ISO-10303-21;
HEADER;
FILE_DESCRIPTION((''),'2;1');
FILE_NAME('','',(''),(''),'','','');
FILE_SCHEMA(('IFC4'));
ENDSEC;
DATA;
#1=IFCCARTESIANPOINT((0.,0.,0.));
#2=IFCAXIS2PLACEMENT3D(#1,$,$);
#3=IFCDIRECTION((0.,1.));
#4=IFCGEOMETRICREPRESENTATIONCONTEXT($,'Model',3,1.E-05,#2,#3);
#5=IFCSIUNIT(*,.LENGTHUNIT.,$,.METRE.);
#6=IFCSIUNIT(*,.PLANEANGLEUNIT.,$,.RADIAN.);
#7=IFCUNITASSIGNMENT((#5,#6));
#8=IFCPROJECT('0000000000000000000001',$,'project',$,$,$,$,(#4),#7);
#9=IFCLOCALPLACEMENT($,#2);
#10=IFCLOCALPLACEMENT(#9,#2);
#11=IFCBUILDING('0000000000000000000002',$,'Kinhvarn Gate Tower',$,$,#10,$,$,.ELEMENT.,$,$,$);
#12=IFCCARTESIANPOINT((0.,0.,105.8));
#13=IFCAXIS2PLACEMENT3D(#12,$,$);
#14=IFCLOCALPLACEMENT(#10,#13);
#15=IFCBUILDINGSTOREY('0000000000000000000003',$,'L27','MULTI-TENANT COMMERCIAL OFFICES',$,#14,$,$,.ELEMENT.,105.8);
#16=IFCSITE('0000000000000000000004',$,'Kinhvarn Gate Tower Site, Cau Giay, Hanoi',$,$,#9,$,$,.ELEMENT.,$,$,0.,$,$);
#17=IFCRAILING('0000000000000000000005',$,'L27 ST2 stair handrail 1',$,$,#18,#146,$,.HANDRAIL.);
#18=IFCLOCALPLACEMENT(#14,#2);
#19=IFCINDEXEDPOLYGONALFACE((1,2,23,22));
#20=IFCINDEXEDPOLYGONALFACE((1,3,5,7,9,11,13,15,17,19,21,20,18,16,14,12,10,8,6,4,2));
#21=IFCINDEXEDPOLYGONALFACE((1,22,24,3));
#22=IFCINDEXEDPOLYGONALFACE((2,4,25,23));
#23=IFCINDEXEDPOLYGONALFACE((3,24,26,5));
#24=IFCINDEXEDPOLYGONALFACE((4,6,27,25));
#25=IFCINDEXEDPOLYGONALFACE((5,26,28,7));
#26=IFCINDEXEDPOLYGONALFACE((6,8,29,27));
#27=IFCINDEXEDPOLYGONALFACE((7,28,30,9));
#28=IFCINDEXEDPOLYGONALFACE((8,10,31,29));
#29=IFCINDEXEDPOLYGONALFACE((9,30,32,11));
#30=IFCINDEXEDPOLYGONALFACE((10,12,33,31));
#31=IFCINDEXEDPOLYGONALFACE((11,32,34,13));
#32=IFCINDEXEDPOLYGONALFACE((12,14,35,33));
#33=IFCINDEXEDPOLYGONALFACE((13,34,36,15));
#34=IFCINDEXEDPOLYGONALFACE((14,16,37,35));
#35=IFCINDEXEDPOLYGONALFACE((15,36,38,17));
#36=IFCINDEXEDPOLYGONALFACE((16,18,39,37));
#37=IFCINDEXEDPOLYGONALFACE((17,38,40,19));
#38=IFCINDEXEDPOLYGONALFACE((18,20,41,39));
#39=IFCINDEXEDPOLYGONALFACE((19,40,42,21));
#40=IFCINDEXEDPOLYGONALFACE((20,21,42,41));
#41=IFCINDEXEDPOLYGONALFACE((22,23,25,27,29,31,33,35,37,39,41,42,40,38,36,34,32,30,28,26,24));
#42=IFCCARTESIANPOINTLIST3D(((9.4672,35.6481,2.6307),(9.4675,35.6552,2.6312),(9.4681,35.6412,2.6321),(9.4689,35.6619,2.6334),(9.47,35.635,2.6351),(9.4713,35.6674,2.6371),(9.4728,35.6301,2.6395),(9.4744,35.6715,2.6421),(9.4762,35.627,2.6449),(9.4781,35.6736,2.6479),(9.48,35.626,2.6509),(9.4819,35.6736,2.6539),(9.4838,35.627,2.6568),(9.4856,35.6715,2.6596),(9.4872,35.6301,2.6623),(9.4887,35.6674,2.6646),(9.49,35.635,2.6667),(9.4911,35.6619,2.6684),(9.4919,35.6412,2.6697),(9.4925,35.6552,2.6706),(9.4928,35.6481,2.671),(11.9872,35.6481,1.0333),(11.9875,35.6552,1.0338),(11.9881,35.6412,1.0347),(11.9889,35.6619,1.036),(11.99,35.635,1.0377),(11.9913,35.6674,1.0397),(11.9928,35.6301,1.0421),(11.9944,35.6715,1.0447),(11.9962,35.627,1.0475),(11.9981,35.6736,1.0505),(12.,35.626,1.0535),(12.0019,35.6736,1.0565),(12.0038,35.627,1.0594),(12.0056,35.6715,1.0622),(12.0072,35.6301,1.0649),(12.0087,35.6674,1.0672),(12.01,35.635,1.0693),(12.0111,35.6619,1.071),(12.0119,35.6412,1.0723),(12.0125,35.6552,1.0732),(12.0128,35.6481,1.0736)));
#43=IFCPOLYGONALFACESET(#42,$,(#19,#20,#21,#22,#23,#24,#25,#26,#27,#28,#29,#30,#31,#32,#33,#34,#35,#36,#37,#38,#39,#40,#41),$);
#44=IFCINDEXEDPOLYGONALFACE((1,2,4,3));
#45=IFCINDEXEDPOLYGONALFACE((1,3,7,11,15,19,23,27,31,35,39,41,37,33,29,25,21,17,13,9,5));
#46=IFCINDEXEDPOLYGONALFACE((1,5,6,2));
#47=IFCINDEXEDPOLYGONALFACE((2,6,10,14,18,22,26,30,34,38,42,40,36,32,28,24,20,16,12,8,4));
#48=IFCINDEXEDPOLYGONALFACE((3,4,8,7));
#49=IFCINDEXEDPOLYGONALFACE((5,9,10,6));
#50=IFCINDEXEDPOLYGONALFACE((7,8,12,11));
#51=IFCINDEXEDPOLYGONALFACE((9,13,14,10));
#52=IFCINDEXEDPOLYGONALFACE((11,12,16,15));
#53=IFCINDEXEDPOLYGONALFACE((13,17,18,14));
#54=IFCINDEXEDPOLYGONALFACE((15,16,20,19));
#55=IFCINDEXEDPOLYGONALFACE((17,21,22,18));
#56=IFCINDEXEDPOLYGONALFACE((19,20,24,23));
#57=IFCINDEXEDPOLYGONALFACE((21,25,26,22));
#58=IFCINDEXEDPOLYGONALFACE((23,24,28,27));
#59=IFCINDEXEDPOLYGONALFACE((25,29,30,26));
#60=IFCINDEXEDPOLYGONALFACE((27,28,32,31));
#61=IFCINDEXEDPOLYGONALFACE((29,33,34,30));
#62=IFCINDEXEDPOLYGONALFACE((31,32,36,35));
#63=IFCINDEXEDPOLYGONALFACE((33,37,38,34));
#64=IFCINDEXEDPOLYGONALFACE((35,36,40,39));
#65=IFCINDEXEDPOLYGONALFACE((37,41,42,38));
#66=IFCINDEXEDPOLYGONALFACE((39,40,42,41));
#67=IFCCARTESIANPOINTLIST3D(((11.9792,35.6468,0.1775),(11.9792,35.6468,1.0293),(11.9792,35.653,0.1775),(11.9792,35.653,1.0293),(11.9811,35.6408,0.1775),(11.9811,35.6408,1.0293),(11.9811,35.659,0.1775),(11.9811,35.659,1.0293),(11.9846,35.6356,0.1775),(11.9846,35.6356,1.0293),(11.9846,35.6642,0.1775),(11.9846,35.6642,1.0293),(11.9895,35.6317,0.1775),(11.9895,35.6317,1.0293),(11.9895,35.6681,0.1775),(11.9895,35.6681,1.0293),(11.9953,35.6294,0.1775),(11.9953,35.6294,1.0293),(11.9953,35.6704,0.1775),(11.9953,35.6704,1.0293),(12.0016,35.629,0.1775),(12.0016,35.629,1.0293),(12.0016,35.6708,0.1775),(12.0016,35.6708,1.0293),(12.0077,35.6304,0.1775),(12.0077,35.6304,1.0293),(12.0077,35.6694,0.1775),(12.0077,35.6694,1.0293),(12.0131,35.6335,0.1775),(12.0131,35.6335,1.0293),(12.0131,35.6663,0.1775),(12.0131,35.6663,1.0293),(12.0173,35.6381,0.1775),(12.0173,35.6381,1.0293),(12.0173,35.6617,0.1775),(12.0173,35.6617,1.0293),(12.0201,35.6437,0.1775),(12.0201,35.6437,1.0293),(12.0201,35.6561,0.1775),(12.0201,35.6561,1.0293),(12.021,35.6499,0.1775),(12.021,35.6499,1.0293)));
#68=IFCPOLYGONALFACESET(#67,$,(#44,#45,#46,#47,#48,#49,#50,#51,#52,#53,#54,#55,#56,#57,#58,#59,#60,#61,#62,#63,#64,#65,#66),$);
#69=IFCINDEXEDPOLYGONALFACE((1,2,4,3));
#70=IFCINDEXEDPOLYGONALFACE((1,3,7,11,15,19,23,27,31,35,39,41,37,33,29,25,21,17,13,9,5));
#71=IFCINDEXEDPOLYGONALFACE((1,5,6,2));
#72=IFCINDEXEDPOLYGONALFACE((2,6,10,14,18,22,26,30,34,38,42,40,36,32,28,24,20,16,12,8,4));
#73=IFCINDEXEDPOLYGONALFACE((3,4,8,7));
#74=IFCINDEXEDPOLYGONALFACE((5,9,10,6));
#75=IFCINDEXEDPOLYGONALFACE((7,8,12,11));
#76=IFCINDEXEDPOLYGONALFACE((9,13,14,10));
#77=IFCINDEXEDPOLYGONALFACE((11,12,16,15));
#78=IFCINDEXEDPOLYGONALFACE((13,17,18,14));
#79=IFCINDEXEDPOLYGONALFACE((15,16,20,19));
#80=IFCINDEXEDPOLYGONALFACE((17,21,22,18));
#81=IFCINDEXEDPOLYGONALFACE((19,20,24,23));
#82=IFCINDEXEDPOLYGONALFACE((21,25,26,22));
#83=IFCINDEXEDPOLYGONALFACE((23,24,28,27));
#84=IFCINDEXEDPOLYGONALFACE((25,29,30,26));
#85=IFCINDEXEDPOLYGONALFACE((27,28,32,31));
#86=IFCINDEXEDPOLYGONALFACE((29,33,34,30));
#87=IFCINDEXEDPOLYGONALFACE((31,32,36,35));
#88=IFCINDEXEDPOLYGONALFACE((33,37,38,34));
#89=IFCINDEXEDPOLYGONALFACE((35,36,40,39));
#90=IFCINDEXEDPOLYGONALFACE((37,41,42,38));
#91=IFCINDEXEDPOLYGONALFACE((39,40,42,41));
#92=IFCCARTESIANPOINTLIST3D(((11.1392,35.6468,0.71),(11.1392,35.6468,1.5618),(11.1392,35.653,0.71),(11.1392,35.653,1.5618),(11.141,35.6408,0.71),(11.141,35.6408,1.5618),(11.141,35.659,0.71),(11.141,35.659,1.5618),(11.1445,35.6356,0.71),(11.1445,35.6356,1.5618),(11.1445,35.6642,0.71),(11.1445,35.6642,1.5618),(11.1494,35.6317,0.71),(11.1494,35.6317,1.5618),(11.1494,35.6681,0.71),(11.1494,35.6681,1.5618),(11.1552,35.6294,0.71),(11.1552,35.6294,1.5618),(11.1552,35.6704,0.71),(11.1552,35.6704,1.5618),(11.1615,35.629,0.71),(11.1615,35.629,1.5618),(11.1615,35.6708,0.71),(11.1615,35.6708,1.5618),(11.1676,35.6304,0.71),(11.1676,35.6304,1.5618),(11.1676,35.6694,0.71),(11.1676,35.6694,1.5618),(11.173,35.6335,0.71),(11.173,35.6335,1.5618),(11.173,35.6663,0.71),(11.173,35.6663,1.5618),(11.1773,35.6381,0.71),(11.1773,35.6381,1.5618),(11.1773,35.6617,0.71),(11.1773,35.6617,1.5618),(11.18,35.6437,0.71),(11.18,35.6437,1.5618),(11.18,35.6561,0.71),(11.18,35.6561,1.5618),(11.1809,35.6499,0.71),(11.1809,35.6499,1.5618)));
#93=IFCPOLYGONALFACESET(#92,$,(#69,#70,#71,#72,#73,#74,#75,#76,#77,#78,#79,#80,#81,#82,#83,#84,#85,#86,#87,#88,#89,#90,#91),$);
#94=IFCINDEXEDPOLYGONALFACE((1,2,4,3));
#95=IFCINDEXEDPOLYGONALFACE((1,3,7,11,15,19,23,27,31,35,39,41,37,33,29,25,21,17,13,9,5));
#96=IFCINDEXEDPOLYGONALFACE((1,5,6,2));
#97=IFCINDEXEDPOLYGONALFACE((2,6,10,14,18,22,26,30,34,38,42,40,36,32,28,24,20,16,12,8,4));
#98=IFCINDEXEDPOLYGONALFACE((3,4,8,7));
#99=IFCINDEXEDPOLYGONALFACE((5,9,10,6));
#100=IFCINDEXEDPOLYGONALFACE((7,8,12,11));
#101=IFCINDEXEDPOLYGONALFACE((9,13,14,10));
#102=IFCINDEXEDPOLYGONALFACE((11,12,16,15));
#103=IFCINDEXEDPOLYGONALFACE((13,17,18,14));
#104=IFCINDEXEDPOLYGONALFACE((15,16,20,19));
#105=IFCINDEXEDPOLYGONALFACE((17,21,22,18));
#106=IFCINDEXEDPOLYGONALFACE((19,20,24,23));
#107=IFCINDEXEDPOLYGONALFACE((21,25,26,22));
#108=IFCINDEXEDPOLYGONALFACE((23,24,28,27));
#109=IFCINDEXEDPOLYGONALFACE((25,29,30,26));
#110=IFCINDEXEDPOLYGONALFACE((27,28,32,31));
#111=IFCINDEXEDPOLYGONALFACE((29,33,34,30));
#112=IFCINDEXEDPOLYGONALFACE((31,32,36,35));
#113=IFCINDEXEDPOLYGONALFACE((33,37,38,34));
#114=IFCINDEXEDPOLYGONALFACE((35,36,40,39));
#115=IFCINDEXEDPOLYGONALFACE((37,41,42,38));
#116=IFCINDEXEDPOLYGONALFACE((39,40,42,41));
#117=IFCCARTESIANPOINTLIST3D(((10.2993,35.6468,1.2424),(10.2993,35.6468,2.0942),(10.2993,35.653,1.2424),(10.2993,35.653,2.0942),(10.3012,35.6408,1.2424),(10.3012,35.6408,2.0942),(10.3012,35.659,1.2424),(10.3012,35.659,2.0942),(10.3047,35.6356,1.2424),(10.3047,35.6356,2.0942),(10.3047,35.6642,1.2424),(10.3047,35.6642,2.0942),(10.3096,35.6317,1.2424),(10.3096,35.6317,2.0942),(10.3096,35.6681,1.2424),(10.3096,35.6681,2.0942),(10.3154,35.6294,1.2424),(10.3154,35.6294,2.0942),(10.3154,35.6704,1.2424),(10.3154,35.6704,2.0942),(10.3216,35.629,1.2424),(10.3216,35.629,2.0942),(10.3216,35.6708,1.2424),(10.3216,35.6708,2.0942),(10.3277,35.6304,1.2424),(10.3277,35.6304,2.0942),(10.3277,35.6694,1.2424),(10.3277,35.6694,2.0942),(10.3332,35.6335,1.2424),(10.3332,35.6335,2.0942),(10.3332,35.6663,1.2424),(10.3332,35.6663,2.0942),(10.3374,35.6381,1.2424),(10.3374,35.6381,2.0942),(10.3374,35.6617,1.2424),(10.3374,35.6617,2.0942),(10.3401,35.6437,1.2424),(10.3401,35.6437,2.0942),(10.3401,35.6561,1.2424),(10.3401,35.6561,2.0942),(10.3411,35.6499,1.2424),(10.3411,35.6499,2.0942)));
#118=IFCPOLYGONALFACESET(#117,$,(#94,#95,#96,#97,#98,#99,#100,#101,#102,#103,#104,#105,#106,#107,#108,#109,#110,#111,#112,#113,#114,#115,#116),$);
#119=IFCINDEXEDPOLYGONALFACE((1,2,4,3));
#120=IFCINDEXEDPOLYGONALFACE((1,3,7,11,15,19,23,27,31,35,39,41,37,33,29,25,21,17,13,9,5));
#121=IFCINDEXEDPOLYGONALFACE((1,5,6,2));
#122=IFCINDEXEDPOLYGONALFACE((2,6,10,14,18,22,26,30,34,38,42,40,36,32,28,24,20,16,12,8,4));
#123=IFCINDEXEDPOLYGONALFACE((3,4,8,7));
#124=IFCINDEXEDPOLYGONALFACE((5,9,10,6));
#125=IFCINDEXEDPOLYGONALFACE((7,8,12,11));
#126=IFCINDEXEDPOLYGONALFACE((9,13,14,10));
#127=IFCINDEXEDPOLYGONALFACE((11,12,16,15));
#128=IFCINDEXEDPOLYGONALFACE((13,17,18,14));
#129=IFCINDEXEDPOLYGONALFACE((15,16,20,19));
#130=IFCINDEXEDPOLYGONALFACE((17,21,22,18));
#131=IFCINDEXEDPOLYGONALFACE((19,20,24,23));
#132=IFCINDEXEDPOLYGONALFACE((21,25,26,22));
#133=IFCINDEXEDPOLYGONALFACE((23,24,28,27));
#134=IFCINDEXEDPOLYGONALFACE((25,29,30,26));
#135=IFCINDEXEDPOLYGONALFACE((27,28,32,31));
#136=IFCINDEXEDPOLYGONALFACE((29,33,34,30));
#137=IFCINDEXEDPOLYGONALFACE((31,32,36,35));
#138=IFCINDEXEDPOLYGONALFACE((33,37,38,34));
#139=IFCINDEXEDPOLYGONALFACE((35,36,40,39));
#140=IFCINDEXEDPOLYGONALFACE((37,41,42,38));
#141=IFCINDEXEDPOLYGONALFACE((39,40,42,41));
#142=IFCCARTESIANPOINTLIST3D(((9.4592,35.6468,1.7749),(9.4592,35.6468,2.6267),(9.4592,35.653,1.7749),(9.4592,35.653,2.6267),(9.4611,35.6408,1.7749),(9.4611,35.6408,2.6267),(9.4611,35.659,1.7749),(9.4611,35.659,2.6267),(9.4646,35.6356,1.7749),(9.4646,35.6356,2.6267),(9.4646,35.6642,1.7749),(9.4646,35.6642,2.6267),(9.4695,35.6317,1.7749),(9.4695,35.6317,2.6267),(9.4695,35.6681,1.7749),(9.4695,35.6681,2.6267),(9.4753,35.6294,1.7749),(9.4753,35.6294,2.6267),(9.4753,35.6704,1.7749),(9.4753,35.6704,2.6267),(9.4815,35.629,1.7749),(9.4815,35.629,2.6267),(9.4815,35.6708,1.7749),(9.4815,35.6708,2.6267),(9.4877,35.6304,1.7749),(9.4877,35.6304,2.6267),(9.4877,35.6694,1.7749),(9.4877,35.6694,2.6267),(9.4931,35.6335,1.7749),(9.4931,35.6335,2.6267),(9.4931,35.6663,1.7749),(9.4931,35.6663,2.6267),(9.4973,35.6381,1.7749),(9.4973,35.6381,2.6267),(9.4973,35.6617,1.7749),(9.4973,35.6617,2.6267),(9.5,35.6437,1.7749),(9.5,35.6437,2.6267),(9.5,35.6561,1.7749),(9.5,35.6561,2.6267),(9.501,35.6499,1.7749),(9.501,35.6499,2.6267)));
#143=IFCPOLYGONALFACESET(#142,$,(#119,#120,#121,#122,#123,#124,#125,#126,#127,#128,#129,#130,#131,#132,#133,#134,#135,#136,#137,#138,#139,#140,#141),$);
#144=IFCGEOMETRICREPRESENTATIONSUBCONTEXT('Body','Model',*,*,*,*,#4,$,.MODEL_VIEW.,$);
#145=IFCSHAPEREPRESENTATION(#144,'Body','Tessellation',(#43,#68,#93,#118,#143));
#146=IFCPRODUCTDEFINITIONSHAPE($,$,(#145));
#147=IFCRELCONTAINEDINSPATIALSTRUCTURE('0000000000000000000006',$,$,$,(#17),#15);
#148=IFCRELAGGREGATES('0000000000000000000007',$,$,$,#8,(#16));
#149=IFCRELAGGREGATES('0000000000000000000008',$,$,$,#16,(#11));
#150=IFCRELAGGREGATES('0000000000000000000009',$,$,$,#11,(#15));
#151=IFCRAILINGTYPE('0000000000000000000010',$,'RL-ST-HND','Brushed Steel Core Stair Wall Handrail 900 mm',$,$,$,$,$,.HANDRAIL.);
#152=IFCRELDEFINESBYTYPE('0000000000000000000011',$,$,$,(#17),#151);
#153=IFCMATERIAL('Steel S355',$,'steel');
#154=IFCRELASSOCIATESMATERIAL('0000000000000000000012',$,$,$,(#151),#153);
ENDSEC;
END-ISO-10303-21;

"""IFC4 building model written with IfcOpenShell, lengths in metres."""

from ifc_helpers import new_model, si_unit, direction, frame, origin, origin_2d, place, context, subcontext, project, spatial, circle, extrude, material, type_object, element, save


model = new_model("IFC4")

# Units and contexts
model_context = context("Model", 3, precision=1e-05, world=origin(), true_north=direction((0.0, 1.0)))
body_context = subcontext(model_context, "Body", "Model", "MODEL_VIEW")
ifc_project = project(units=[si_unit("LENGTHUNIT", "METRE"), si_unit("PLANEANGLEUNIT", "RADIAN")], contexts=[model_context])

# Site, building, storey
site_placement = place(None, origin())
site = spatial("IfcSite", under=ifc_project, at=site_placement, Name="Kinhvarn Gate Tower Site, Cau Giay, Hanoi", CompositionType="ELEMENT", RefElevation=0.0)
building_placement = place(site_placement, origin())
building = spatial("IfcBuilding", under=site, at=building_placement, Name="Kinhvarn Gate Tower", CompositionType="ELEMENT")
storey_placement = place(building_placement, frame((0.0, 0.0, 105.8)))
storey = spatial("IfcBuildingStorey", under=building, at=storey_placement, Name="L27", Description="MULTI-TENANT COMMERCIAL OFFICES", CompositionType="ELEMENT", Elevation=105.8)

# Shared definitions
ifc_material_1 = material(Name="Steel S355", Category="steel")

# Railing
railing_type_1 = type_object("IfcRailingType", Name="RL-ST-HND", Description="Brushed Steel Core Stair Wall Handrail 900 mm", PredefinedType="HANDRAIL", material=ifc_material_1)
railing_1_placement = place(storey_placement, frame((12.0, 35.6499, 0.1775)))
element("IfcRailing", 1, at=railing_1_placement, inside=storey, type_object=railing_type_1, Name="L27 ST2 stair handrail 1", PredefinedType="HANDRAIL", context=body_context, shape_type="SweptSolid", body=[
    extrude(circle(Radius=0.0239, at=origin_2d()), frame((0.0, 0.0, 0.876), z_axis=(-0.844607, 0.0, 0.535387), x_axis=(0.0, -1.0, 0.0)), (0.0, 0.0, 1.0), 2.9836),
    extrude(circle(Radius=0.021, at=origin_2d()), origin(), (0.0, 0.0, 1.0), 0.8518),
    extrude(circle(Radius=0.021, at=origin_2d()), frame((-0.8401, 0.0, 0.5325)), (0.0, 0.0, 1.0), 0.8518),
    extrude(circle(Radius=0.021, at=origin_2d()), frame((-1.6799, 0.0, 1.0649)), (0.0, 0.0, 1.0), 0.8518),
    extrude(circle(Radius=0.021, at=origin_2d()), frame((-2.52, 0.0, 1.5974)), (0.0, 0.0, 1.0), 0.8518),
])

save(model, "model.ifc")
